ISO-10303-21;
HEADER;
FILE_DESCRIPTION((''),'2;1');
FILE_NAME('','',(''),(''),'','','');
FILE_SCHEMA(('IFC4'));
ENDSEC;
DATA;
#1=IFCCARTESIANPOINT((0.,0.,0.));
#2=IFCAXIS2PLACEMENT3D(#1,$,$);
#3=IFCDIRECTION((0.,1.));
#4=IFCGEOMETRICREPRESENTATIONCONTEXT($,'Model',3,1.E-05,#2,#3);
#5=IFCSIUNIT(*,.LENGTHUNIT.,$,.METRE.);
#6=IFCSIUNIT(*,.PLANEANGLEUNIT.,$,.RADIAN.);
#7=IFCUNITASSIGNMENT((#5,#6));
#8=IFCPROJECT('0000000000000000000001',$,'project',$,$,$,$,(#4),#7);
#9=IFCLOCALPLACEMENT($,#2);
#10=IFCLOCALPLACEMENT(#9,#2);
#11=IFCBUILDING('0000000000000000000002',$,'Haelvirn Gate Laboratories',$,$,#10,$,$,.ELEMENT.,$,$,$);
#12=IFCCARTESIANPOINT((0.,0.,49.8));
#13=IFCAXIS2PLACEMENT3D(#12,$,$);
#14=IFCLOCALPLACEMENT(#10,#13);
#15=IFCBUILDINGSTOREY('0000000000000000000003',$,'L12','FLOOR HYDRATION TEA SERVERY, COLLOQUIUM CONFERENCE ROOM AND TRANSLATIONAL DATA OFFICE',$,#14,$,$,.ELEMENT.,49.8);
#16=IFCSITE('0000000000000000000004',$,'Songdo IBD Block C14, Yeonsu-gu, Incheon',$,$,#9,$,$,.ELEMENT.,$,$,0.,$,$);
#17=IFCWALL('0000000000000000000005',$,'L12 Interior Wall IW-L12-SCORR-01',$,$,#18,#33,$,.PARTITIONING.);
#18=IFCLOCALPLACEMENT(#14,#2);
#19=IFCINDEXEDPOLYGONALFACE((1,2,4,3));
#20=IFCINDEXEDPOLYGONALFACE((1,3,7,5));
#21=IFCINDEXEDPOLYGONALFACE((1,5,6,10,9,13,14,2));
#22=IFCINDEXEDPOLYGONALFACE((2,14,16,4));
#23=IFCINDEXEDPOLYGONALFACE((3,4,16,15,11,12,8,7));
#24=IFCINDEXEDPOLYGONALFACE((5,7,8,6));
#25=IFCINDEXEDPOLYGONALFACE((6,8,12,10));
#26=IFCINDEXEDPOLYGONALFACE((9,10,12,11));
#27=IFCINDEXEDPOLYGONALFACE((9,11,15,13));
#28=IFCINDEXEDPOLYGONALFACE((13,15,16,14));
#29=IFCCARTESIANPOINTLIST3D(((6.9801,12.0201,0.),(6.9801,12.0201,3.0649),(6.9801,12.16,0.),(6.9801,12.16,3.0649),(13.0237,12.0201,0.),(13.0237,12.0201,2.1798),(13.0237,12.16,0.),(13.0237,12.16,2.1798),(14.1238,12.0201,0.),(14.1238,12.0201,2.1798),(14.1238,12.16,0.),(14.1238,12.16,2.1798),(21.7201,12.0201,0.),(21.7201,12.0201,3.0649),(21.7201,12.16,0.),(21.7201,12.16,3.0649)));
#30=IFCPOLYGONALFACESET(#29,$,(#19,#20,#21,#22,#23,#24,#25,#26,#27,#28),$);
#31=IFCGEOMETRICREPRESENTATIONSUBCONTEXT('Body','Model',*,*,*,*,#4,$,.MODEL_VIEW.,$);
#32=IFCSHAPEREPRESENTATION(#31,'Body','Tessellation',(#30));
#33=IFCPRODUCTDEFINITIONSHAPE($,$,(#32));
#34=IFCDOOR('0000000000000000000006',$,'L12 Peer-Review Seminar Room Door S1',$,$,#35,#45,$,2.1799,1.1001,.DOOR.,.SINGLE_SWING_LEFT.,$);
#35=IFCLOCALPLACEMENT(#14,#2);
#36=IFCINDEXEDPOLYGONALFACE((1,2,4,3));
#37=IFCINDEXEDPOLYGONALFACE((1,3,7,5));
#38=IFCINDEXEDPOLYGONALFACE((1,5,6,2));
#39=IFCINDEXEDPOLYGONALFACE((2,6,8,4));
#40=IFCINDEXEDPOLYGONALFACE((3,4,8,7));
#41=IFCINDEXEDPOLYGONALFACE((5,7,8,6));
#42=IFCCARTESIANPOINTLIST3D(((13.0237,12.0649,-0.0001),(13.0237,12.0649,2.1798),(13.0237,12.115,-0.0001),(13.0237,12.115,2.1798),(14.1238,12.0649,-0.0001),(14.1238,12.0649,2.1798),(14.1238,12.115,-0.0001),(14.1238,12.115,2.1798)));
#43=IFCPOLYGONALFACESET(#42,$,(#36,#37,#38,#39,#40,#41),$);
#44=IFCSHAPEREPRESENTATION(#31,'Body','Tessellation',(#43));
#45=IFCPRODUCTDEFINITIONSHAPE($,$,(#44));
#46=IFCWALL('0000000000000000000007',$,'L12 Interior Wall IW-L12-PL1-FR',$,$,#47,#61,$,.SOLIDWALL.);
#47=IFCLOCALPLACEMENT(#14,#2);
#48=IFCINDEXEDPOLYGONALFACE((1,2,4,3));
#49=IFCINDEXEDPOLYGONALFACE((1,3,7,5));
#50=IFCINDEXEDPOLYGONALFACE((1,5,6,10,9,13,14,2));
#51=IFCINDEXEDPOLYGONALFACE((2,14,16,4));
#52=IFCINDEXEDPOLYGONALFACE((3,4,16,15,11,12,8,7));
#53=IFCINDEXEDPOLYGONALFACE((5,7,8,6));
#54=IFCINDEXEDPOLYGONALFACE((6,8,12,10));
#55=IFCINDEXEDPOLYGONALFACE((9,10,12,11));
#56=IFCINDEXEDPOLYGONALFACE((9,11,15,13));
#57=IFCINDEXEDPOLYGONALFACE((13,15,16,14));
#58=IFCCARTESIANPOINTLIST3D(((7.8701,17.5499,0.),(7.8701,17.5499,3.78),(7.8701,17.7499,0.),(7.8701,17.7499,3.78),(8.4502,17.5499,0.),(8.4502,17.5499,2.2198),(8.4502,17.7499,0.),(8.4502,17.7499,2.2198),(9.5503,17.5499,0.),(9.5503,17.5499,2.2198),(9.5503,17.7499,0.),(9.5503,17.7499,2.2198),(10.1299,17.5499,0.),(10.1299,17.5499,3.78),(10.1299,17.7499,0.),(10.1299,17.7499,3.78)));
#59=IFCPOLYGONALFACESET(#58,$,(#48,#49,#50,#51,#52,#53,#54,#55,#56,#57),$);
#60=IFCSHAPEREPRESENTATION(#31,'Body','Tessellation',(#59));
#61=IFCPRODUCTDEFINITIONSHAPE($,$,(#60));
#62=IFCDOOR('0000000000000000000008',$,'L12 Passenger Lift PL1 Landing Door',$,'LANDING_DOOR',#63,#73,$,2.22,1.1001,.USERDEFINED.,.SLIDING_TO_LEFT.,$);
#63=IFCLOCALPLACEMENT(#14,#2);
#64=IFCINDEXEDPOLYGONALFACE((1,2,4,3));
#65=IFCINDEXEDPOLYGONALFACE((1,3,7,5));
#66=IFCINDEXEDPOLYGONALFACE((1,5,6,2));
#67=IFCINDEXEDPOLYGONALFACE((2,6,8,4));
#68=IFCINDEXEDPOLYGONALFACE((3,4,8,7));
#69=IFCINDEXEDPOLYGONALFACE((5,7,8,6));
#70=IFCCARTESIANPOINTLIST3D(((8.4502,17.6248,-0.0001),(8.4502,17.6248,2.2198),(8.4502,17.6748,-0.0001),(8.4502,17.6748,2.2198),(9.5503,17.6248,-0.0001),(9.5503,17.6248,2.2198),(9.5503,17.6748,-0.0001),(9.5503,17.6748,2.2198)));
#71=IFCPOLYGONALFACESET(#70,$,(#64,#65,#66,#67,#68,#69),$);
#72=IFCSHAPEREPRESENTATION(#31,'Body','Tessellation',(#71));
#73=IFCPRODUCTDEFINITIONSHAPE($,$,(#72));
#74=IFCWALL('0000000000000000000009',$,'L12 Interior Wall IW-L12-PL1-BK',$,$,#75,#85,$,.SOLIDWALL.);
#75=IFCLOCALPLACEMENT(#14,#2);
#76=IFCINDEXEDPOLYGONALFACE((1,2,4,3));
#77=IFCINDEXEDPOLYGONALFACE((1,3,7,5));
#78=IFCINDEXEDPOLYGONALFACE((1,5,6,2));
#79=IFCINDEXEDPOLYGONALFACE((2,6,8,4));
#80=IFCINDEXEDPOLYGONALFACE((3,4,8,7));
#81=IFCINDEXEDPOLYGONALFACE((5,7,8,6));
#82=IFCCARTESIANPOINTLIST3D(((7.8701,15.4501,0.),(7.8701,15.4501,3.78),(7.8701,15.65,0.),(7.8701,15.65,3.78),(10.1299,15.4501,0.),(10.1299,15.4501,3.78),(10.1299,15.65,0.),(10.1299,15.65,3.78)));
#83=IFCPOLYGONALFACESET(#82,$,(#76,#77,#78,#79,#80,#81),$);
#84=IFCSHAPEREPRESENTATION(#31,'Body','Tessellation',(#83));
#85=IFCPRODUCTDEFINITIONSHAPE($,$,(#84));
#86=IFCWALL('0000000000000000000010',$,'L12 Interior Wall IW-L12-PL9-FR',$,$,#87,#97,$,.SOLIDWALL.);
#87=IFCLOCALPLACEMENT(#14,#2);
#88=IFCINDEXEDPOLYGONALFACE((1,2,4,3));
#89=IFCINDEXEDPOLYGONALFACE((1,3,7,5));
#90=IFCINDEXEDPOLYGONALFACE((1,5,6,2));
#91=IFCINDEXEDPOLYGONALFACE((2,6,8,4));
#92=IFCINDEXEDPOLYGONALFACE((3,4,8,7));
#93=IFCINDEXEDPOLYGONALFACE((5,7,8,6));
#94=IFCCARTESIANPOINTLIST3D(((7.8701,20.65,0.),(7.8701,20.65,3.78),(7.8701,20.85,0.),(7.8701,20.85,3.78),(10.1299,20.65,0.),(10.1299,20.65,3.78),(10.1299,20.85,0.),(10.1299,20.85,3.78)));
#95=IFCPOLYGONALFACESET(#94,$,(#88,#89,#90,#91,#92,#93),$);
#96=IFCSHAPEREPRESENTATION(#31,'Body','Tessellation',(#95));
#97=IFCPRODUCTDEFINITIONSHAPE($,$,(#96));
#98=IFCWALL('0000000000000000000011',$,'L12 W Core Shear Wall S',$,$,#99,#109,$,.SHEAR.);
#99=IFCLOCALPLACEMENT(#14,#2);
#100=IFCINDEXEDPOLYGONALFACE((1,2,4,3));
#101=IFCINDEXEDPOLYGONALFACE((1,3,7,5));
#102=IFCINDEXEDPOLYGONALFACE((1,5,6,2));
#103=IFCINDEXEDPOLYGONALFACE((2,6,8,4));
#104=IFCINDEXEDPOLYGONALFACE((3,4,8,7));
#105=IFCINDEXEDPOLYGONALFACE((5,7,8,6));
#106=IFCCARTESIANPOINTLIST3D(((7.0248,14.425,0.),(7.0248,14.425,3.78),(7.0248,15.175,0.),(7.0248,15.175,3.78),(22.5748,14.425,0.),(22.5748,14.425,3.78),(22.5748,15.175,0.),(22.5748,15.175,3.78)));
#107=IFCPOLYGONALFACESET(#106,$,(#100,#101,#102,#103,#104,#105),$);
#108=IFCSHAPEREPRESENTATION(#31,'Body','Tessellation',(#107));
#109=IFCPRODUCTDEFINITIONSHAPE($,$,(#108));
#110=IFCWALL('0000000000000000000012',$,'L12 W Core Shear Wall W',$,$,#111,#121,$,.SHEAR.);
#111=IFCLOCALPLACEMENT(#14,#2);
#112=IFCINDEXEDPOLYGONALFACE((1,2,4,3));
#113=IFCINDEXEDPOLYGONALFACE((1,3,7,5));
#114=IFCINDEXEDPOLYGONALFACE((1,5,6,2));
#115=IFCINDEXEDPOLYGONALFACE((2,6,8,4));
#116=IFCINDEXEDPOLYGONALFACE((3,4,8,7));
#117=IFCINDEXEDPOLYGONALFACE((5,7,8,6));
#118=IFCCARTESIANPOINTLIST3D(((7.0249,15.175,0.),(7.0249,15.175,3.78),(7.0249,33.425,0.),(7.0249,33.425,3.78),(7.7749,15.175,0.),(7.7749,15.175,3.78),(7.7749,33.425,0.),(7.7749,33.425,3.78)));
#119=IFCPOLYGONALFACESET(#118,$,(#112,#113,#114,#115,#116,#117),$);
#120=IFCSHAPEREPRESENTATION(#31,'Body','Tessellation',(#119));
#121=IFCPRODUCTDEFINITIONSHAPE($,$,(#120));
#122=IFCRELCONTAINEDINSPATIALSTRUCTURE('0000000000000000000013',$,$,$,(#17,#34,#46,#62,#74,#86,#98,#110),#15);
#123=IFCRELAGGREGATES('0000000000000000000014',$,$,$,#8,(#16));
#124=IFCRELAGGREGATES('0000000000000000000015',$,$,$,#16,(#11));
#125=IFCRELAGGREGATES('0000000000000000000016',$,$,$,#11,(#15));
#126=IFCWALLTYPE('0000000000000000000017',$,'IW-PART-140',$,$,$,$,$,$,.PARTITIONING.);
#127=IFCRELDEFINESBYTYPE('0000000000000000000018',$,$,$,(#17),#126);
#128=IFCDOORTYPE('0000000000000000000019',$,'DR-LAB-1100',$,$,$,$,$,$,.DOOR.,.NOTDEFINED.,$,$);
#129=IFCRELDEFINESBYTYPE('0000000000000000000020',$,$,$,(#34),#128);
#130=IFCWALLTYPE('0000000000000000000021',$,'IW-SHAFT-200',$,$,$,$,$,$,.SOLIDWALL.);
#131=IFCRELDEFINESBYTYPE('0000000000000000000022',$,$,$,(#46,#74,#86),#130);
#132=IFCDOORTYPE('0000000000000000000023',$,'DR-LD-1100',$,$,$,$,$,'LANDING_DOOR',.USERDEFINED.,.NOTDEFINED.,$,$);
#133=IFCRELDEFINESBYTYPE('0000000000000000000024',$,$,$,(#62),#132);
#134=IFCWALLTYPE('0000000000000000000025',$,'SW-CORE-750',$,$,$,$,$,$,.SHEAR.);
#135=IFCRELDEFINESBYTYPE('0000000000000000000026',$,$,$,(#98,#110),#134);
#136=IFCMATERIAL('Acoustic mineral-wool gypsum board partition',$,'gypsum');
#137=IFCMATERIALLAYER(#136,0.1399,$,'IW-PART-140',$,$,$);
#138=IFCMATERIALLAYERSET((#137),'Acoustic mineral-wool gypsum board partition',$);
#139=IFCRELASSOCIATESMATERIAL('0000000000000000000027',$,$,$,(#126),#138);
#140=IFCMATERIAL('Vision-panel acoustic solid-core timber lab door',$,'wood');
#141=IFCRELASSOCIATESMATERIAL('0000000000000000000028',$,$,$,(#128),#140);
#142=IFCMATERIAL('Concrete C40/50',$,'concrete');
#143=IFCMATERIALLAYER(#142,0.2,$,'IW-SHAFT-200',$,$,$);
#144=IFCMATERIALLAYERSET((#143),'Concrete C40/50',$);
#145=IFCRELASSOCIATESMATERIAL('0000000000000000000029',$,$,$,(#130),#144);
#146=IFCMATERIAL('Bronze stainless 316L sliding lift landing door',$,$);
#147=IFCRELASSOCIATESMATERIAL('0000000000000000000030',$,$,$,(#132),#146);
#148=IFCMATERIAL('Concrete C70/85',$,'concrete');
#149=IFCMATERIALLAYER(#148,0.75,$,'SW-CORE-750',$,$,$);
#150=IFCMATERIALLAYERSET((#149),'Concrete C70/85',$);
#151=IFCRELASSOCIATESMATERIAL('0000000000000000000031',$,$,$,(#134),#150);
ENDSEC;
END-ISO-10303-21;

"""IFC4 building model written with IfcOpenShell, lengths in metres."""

from ifc_helpers import new_model, si_unit, direction, frame, frame_2d, origin, place, context, subcontext, project, spatial, rectangle, extrude, source, transform, mapped, material, layer, layer_set, type_object, type_shapes, element, fill, save


model = new_model("IFC4")

# Units and contexts
model_context = context("Model", 3, precision=1e-05, world=origin(), true_north=direction((0.0, 1.0)))
body_context = subcontext(model_context, "Body", "Model", "MODEL_VIEW")
ifc_project = project(units=[si_unit("LENGTHUNIT", "METRE"), si_unit("PLANEANGLEUNIT", "RADIAN")], contexts=[model_context])

# Site, building, storey
site_placement = place(None, origin())
site = spatial("IfcSite", under=ifc_project, at=site_placement, Name="Songdo IBD Block C14, Yeonsu-gu, Incheon", CompositionType="ELEMENT", RefElevation=0.0)
building_placement = place(site_placement, origin())
building = spatial("IfcBuilding", under=site, at=building_placement, Name="Haelvirn Gate Laboratories", CompositionType="ELEMENT")
storey_placement = place(building_placement, frame((0.0, 0.0, 49.8)))
storey = spatial("IfcBuildingStorey", under=building, at=storey_placement, Name="L12", Description="FLOOR HYDRATION TEA SERVERY, COLLOQUIUM CONFERENCE ROOM AND TRANSLATIONAL DATA OFFICE", CompositionType="ELEMENT", Elevation=49.8)

# Shared definitions
ifc_material_1 = material(Name="Concrete C70/85", Category="concrete")

# Walls, openings, doors
ifc_material_2 = material(Name="Acoustic mineral-wool gypsum board partition", Category="gypsum")
ifc_layer_1 = layer(ifc_material_2, 0.1399, Name="IW-PART-140")
ifc_layer_set_1 = layer_set([ifc_layer_1], Name="Acoustic mineral-wool gypsum board partition")
wall_type_1 = type_object("IfcWallType", Name="IW-PART-140", PredefinedType="PARTITIONING", material=ifc_layer_set_1)
wall_1_placement = place(storey_placement, frame((6.98, 12.0901, 0.0), z_axis=(0.0, 0.0, 1.0), x_axis=(1.0, 0.0, 0.0)))
wall_1 = element("IfcWall", 1, at=wall_1_placement, inside=storey, type_object=wall_type_1, Name="L12 Interior Wall IW-L12-SCORR-01", PredefinedType="PARTITIONING", context=body_context, shape_type="SweptSolid", body=[
    extrude(rectangle(XDim=14.74, YDim=0.1399, at=frame_2d((7.3701, 0.0))), origin(), (0.0, 0.0, 1.0), 3.0649),
])
opening_1_placement = place(wall_1_placement, frame((6.0437, 0.0, 0.0)))
opening_1 = element("IfcOpeningElement", 2, at=opening_1_placement, cuts=wall_1, PredefinedType="OPENING", context=body_context, shape_type="SweptSolid", body=[
    extrude(rectangle(XDim=1.1001, YDim=2.1799, at=frame_2d((0.55, 1.0898))), frame((0.0, 0.0801, 0.0), z_axis=(0.0, -1.0, 0.0), x_axis=(1.0, 0.0, 0.0)), (0.0, 0.0, 1.0), 0.1599),
])
ifc_material_3 = material(Name="Vision-panel acoustic solid-core timber lab door", Category="wood")
door_type_1 = type_object("IfcDoorType", Name="DR-LAB-1100", OperationType="NOTDEFINED", PredefinedType="DOOR", material=ifc_material_3)
shared_shape_1 = source(origin(), body_context, "Body", "SweptSolid", [
    extrude(rectangle(XDim=1.1001, YDim=2.1799, at=frame_2d((0.55, 1.0898))), frame((0.0, 0.0249, 0.0), z_axis=(0.0, -1.0, 0.0), x_axis=(1.0, 0.0, 0.0)), (0.0, 0.0, 1.0), 0.05),
])
type_shapes(door_type_1, [shared_shape_1])
door_1_placement = place(opening_1_placement, origin())
door_1 = element("IfcDoor", 3, at=door_1_placement, inside=storey, type_object=door_type_1, Name="L12 Peer-Review Seminar Room Door S1", OperationType="SINGLE_SWING_LEFT", OverallHeight=2.1799, OverallWidth=1.1001, PredefinedType="DOOR", context=body_context, shape_type="MappedRepresentation", body=[
    mapped(shared_shape_1, transform((0.0, 0.0, 0.0), scale=1.0)),
])
fill(opening_1, door_1)
ifc_material_4 = material(Name="Concrete C40/50", Category="concrete")
ifc_layer_2 = layer(ifc_material_4, 0.2, Name="IW-SHAFT-200")
ifc_layer_set_2 = layer_set([ifc_layer_2], Name="Concrete C40/50")
wall_type_2 = type_object("IfcWallType", Name="IW-SHAFT-200", PredefinedType="SOLIDWALL", material=ifc_layer_set_2)
wall_2_placement = place(storey_placement, frame((7.8701, 17.6499, 0.0), z_axis=(0.0, 0.0, 1.0), x_axis=(1.0, 0.0, 0.0)))
wall_2 = element("IfcWall", 4, at=wall_2_placement, inside=storey, type_object=wall_type_2, Name="L12 Interior Wall IW-L12-PL1-FR", PredefinedType="SOLIDWALL", context=body_context, shape_type="SweptSolid", body=[
    extrude(rectangle(XDim=2.2598, YDim=0.2, at=frame_2d((1.1299, 0.0))), origin(), (0.0, 0.0, 1.0), 3.78),
])
opening_2_placement = place(wall_2_placement, frame((0.5801, 0.0, 0.0)))
opening_2 = element("IfcOpeningElement", 5, at=opening_2_placement, cuts=wall_2, PredefinedType="OPENING", context=body_context, shape_type="SweptSolid", body=[
    extrude(rectangle(XDim=1.1001, YDim=2.22, at=frame_2d((0.55, 1.1099))), frame((0.0, 0.1099, 0.0), z_axis=(0.0, -1.0, 0.0), x_axis=(1.0, 0.0, 0.0)), (0.0, 0.0, 1.0), 0.22),
])
ifc_material_5 = material(Name="Bronze stainless 316L sliding lift landing door")
door_type_2 = type_object("IfcDoorType", Name="DR-LD-1100", ElementType="LANDING_DOOR", OperationType="NOTDEFINED", PredefinedType="USERDEFINED", material=ifc_material_5)
shared_shape_2 = source(origin(), body_context, "Body", "SweptSolid", [
    extrude(rectangle(XDim=1.1001, YDim=2.22, at=frame_2d((0.55, 1.1099))), frame((0.0, 0.0249, 0.0), z_axis=(0.0, -1.0, 0.0), x_axis=(1.0, 0.0, 0.0)), (0.0, 0.0, 1.0), 0.05),
])
type_shapes(door_type_2, [shared_shape_2])
door_2_placement = place(opening_2_placement, origin())
door_2 = element("IfcDoor", 6, at=door_2_placement, inside=storey, type_object=door_type_2, Name="L12 Passenger Lift PL1 Landing Door", ObjectType="LANDING_DOOR", OperationType="SLIDING_TO_LEFT", OverallHeight=2.22, OverallWidth=1.1001, PredefinedType="USERDEFINED", context=body_context, shape_type="MappedRepresentation", body=[
    mapped(shared_shape_2, transform((0.0, 0.0, 0.0), scale=1.0)),
])
fill(opening_2, door_2)

# Walls
for number, where, z_axis, x_axis, name in (
    (7, (7.8701, 15.55, 0.0), (0.0, 0.0, 1.0), (1.0, 0.0, 0.0), "L12 Interior Wall IW-L12-PL1-BK"),
    (8, (7.8701, 20.75, 0.0), (0.0, 0.0, 1.0), (1.0, 0.0, 0.0), "L12 Interior Wall IW-L12-PL9-FR"),
):
    element("IfcWall", number, at=place(storey_placement, frame(where, z_axis=z_axis, x_axis=x_axis)), inside=storey, type_object=wall_type_2, Name=name, PredefinedType="SOLIDWALL", context=body_context, shape_type="SweptSolid", body=[
        extrude(rectangle(XDim=2.2598, YDim=0.2, at=frame_2d((1.1299, 0.0))), origin(), (0.0, 0.0, 1.0), 3.78),
    ])
ifc_layer_3 = layer(ifc_material_1, 0.75, Name="SW-CORE-750")
ifc_layer_set_3 = layer_set([ifc_layer_3], Name="Concrete C70/85")
wall_type_3 = type_object("IfcWallType", Name="SW-CORE-750", PredefinedType="SHEAR", material=ifc_layer_set_3)
wall_3_placement = place(storey_placement, frame((7.0249, 14.8, 0.0), z_axis=(0.0, 0.0, 1.0), x_axis=(1.0, 0.0, 0.0)))
element("IfcWall", 9, at=wall_3_placement, inside=storey, type_object=wall_type_3, Name="L12 W Core Shear Wall S", PredefinedType="SHEAR", context=body_context, shape_type="SweptSolid", body=[
    extrude(rectangle(XDim=15.55, YDim=0.75, at=frame_2d((7.7749, 0.0))), origin(), (0.0, 0.0, 1.0), 3.78),
])
wall_4_placement = place(storey_placement, frame((7.3999, 15.175, 0.0), z_axis=(0.0, 0.0, 1.0), x_axis=(0.0, 1.0, 0.0)))
element("IfcWall", 10, at=wall_4_placement, inside=storey, type_object=wall_type_3, Name="L12 W Core Shear Wall W", PredefinedType="SHEAR", context=body_context, shape_type="SweptSolid", body=[
    extrude(rectangle(XDim=18.25, YDim=0.75, at=frame_2d((9.125, 0.0))), origin(), (0.0, 0.0, 1.0), 3.78),
])

save(model, "model.ifc")
